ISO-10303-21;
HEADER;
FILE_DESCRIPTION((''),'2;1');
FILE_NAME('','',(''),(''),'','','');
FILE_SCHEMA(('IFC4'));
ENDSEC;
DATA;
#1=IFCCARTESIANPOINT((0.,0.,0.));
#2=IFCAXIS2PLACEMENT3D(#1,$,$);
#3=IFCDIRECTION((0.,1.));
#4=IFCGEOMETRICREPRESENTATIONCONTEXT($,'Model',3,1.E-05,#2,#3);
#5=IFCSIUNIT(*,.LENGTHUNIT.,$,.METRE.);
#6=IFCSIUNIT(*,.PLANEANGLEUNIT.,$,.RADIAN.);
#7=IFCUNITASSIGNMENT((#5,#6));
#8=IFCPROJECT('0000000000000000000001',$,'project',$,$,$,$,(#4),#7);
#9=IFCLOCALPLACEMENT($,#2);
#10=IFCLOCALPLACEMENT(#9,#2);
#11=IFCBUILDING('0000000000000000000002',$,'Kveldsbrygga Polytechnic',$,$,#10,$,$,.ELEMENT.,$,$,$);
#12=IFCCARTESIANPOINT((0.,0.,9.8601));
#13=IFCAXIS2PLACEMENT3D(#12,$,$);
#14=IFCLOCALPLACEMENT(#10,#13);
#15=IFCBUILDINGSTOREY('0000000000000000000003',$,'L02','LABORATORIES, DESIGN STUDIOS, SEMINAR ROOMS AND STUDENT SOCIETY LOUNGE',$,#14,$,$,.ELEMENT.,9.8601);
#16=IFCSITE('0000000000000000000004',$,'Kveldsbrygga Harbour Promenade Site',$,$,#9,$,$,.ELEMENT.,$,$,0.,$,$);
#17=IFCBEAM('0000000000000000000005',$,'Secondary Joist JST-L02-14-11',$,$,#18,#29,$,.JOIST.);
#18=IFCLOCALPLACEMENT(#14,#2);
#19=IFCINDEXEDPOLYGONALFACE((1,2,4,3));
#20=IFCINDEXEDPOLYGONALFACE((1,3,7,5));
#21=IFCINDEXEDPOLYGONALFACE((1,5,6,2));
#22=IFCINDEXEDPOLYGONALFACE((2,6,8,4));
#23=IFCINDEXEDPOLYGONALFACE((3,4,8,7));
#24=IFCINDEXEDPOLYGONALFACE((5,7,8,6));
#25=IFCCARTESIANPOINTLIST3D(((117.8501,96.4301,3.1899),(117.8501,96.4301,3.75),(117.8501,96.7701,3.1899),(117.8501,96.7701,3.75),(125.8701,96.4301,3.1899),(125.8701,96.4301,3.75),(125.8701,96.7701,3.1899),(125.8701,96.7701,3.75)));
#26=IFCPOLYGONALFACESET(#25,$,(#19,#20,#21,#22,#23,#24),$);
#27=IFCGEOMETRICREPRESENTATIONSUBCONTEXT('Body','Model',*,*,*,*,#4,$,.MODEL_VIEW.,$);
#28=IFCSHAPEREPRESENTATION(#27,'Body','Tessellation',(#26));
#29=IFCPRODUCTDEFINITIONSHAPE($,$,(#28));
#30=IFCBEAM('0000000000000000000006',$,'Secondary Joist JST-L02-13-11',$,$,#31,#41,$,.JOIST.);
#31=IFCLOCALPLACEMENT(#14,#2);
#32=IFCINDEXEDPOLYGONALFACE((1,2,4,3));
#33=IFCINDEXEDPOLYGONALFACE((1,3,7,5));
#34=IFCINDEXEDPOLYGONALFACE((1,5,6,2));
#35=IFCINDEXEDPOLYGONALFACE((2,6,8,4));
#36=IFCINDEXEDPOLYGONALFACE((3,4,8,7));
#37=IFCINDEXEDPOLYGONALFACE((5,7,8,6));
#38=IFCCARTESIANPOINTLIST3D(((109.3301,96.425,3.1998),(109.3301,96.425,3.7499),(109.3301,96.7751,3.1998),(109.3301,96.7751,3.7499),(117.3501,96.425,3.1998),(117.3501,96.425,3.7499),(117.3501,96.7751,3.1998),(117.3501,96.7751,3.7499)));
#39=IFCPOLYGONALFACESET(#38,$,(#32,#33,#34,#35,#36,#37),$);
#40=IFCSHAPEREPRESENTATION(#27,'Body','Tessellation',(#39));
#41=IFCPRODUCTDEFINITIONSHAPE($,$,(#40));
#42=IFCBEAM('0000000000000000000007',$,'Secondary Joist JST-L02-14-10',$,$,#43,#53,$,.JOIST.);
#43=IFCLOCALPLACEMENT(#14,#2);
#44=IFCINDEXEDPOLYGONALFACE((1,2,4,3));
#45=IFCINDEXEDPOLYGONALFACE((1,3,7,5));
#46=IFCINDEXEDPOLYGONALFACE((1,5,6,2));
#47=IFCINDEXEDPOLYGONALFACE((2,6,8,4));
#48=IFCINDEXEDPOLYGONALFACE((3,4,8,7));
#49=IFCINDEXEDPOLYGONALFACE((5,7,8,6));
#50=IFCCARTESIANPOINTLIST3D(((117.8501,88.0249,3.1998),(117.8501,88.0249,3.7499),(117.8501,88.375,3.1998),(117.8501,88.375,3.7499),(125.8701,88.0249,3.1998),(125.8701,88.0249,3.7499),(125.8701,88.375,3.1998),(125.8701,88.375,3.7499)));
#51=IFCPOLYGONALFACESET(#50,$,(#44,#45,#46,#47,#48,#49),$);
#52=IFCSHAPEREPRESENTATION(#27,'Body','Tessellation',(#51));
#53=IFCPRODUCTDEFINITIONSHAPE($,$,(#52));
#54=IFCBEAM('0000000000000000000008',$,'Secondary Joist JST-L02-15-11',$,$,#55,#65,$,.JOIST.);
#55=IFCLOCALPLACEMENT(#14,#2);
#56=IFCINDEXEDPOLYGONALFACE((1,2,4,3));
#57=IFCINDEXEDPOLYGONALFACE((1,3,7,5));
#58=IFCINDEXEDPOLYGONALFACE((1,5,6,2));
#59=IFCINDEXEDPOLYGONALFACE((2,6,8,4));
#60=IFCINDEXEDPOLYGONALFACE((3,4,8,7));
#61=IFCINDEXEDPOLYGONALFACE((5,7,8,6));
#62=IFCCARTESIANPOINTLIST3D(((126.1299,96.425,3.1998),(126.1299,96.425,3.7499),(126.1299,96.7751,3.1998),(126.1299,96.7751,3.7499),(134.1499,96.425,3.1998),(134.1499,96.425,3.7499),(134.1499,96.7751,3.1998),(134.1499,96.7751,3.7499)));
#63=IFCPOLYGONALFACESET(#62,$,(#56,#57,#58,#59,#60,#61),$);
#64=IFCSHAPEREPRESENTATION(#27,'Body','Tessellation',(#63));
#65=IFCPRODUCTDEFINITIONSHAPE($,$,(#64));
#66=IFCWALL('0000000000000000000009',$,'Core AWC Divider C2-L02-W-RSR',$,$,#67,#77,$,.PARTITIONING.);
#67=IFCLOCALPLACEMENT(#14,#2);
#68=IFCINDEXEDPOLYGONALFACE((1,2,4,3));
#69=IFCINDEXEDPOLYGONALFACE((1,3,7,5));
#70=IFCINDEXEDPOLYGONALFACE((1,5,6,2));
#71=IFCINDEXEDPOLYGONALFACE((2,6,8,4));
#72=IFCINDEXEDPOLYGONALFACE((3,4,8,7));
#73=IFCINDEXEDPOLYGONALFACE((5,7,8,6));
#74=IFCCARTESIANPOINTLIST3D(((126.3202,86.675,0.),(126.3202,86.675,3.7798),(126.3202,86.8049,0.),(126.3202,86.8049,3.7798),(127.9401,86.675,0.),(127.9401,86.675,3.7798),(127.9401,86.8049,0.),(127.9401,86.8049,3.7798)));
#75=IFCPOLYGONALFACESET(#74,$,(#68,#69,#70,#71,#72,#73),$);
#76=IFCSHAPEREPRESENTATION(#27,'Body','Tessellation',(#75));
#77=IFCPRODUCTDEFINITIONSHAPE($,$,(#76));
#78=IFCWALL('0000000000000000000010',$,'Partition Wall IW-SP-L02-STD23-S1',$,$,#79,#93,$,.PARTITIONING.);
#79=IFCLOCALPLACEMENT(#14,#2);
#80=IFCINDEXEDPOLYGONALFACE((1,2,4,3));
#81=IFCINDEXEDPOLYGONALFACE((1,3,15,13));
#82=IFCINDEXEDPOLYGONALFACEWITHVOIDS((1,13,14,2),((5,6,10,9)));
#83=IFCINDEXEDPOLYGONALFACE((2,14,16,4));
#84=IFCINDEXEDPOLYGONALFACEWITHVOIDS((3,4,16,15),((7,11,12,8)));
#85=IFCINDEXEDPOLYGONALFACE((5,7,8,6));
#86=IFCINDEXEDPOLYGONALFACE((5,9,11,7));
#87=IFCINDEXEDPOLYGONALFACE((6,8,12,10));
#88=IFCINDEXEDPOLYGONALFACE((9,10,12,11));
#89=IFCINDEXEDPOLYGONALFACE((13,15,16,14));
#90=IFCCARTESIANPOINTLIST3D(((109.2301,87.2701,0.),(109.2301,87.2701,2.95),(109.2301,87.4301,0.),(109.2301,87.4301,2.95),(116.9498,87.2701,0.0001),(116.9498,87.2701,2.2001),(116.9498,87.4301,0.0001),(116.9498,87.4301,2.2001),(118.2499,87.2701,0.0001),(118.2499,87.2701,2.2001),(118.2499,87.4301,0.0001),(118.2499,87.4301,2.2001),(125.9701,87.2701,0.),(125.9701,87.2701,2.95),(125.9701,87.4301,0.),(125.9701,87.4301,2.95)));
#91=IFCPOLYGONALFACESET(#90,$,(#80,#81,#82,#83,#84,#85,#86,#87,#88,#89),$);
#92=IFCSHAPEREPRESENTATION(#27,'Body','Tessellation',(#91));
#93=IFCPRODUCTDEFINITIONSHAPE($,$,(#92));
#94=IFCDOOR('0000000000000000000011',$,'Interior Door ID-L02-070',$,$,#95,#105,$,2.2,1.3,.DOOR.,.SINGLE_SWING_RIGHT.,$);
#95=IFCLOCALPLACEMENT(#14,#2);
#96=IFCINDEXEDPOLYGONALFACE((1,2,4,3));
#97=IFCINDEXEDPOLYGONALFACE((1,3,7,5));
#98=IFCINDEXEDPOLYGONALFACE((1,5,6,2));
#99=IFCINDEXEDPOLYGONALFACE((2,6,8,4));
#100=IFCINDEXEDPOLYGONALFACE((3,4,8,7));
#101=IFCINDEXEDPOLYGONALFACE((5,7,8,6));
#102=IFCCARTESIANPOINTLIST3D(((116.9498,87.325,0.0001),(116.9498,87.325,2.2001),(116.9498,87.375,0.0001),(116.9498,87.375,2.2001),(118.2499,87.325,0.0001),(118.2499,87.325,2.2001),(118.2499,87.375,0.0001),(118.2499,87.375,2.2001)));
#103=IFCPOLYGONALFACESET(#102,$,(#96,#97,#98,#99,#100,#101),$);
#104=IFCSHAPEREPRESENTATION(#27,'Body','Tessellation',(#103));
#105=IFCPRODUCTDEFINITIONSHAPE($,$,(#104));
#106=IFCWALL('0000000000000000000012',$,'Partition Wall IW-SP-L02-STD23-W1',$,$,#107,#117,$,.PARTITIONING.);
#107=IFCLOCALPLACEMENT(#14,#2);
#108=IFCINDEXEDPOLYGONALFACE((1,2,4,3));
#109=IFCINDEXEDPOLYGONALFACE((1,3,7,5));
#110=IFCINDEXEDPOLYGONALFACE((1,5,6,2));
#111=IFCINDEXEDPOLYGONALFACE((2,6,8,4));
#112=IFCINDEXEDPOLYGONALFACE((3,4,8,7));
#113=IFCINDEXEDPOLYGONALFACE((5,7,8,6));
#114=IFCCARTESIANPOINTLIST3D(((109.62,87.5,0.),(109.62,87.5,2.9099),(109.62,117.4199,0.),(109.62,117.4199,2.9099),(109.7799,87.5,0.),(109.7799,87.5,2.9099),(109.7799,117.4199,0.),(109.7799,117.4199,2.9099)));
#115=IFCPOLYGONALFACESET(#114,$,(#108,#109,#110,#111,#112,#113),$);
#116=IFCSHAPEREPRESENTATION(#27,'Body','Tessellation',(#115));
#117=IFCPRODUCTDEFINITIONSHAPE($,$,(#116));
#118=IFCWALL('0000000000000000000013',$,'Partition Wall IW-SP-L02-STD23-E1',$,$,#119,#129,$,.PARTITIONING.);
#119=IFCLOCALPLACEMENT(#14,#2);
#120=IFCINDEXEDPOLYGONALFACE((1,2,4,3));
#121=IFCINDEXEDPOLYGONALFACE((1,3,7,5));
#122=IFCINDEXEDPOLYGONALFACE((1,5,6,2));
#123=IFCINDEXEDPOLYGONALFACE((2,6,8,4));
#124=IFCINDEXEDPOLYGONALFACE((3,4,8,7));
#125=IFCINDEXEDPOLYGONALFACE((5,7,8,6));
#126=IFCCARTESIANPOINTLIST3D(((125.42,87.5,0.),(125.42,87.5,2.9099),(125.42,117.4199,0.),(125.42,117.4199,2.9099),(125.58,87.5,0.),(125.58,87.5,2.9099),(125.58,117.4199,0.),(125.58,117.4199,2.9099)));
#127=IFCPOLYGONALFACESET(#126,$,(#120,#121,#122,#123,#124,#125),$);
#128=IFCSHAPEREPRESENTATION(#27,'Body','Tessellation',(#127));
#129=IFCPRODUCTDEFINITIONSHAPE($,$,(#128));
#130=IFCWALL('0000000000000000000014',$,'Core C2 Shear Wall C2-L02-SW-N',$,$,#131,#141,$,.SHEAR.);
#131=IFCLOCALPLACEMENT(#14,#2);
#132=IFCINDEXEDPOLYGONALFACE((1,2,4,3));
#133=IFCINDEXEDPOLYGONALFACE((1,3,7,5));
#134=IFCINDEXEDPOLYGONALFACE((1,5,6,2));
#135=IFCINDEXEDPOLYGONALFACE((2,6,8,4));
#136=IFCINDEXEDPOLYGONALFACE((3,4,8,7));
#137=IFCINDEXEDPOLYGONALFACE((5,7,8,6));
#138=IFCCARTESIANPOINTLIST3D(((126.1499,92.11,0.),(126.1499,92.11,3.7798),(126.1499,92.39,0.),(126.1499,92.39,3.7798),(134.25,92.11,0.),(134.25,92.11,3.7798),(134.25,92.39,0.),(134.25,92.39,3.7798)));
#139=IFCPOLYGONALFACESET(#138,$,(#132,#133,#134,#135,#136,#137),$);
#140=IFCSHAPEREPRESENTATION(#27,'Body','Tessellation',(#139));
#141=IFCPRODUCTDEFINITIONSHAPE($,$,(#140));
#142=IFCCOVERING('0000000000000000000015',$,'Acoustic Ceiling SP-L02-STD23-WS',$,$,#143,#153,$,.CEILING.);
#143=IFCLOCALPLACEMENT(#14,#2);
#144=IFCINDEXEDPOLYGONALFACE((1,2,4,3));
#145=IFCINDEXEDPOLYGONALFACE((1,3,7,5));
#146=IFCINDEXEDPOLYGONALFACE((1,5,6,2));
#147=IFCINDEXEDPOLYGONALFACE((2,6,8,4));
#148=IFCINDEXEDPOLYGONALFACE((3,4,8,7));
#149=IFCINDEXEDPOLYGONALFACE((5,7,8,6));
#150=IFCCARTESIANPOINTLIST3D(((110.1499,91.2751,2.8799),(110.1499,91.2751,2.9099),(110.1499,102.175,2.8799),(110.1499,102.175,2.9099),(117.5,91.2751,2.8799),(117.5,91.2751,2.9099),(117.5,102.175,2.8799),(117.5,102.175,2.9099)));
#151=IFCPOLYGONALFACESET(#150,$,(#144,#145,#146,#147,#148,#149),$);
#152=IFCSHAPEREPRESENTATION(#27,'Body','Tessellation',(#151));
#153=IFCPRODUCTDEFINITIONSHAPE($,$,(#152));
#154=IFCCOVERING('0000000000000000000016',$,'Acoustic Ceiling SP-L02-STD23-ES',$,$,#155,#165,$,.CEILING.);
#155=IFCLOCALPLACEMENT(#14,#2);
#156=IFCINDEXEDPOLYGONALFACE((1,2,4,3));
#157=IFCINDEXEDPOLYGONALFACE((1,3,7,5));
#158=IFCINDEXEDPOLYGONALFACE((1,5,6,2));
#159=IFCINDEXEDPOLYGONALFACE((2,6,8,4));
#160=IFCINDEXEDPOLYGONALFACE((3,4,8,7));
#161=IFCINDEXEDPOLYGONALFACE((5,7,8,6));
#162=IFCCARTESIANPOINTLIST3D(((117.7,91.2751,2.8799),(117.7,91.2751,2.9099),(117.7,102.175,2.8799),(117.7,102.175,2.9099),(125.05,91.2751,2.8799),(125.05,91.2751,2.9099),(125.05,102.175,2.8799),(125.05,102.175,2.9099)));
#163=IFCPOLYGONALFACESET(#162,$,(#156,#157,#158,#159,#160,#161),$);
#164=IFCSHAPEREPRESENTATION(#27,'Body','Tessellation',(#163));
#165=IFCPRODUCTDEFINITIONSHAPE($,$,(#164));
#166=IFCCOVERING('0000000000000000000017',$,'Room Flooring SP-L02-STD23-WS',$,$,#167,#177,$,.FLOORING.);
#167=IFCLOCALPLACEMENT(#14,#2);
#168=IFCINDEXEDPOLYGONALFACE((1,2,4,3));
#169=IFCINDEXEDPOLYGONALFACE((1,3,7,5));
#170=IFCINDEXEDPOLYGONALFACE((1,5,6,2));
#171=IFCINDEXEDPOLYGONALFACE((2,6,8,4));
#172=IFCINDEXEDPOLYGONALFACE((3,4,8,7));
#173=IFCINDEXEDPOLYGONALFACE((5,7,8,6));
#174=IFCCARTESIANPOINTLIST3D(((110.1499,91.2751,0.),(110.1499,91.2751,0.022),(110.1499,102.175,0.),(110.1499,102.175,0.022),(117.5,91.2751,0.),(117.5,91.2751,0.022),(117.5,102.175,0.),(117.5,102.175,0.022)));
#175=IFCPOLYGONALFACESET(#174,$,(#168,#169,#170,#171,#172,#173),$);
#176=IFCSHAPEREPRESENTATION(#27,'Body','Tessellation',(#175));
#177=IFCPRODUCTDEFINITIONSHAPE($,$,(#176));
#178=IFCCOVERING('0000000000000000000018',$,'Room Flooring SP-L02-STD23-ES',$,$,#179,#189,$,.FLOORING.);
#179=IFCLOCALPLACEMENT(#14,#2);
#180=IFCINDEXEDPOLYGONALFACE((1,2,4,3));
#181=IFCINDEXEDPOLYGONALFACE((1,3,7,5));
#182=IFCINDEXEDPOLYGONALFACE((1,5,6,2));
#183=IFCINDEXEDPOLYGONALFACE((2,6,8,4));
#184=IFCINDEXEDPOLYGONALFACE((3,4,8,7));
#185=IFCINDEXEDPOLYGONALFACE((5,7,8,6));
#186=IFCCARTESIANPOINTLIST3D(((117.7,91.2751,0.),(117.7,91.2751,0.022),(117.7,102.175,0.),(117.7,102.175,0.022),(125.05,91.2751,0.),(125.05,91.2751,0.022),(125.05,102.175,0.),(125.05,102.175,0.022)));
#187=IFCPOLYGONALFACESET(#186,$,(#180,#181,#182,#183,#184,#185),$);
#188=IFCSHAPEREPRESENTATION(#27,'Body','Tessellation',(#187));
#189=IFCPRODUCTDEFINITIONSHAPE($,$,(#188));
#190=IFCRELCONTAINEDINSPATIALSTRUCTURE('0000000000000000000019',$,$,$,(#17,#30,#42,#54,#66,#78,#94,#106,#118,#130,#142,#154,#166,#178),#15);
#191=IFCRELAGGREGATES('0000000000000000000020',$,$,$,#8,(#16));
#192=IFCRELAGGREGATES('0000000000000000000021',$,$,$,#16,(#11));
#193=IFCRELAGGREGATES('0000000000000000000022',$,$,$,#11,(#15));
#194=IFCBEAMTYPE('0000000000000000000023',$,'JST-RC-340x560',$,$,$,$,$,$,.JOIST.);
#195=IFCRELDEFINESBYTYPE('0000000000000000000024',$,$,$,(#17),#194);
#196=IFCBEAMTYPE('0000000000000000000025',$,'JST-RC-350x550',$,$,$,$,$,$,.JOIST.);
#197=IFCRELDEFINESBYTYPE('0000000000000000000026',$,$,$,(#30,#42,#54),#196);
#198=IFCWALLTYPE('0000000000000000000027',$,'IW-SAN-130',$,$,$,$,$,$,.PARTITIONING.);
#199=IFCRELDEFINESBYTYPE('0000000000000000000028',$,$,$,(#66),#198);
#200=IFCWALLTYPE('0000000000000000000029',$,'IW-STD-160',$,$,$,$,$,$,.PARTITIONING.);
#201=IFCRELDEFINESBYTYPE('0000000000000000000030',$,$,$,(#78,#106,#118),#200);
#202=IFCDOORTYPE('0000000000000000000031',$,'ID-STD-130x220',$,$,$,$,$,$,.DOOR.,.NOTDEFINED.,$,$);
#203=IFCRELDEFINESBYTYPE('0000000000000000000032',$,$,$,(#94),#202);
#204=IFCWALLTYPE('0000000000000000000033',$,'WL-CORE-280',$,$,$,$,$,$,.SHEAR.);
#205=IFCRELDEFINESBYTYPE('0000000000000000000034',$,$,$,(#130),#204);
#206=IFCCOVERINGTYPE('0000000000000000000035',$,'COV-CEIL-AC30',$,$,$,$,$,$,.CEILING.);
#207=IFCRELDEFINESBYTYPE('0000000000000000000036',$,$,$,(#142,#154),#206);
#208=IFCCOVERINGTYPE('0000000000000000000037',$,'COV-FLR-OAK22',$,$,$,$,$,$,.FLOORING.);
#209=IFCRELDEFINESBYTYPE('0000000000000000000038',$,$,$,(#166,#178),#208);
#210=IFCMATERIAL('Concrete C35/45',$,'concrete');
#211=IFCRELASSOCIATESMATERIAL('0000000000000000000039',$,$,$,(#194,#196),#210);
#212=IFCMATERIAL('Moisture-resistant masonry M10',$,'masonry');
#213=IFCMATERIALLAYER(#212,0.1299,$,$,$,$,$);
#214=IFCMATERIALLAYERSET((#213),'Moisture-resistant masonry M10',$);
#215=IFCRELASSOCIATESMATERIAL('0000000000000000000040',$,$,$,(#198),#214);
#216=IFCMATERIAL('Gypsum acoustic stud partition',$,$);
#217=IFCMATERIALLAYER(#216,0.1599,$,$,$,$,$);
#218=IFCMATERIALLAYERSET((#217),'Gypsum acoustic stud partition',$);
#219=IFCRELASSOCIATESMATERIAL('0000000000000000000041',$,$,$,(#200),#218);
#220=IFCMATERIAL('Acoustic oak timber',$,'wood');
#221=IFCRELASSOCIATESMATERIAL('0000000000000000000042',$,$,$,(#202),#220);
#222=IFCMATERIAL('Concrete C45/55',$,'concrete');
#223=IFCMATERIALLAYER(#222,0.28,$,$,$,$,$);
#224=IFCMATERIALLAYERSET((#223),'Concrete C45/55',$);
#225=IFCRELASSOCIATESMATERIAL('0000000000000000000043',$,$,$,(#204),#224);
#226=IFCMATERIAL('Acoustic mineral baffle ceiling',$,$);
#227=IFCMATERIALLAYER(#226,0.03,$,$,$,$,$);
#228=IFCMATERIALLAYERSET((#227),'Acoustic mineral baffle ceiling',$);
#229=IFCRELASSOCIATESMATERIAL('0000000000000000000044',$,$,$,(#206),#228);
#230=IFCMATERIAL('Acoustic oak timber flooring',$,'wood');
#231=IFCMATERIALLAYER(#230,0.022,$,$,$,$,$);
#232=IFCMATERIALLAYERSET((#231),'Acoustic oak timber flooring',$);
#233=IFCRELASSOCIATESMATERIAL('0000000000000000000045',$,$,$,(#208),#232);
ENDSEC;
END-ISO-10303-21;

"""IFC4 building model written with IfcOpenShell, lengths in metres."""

from ifc_helpers import new_model, si_unit, direction, frame, frame_2d, origin, origin_2d, place, context, subcontext, project, spatial, rectangle, extrude, material, layer, layer_set, material_profile, profile_set, type_object, element, fill, save


model = new_model("IFC4")

# Units and contexts
model_context = context("Model", 3, precision=1e-05, world=origin(), true_north=direction((0.0, 1.0)))
body_context = subcontext(model_context, "Body", "Model", "MODEL_VIEW")
ifc_project = project(units=[si_unit("LENGTHUNIT", "METRE"), si_unit("PLANEANGLEUNIT", "RADIAN")], contexts=[model_context])

# Site, building, storey
site_placement = place(None, origin())
site = spatial("IfcSite", under=ifc_project, at=site_placement, Name="Kveldsbrygga Harbour Promenade Site", CompositionType="ELEMENT", RefElevation=0.0)
building_placement = place(site_placement, origin())
building = spatial("IfcBuilding", under=site, at=building_placement, Name="Kveldsbrygga Polytechnic", CompositionType="ELEMENT")
storey_placement = place(building_placement, frame((0.0, 0.0, 9.8601)))
storey = spatial("IfcBuildingStorey", under=building, at=storey_placement, Name="L02", Description="LABORATORIES, DESIGN STUDIOS, SEMINAR ROOMS AND STUDENT SOCIETY LOUNGE", CompositionType="ELEMENT", Elevation=9.8601)

# Shared definitions
ifc_material_1 = material(Name="Concrete C45/55", Category="concrete")

# Beams
ifc_material_2 = material(Name="Concrete C35/45", Category="concrete")
ifc_material_profile_1 = material_profile(ifc_material_2, rectangle(XDim=0.3401, YDim=0.5601, at=origin_2d()), Name="RC 340x560")
ifc_profile_set_1 = profile_set([ifc_material_profile_1], Name="Concrete C35/45")
beam_type_1 = type_object("IfcBeamType", Name="JST-RC-340x560", PredefinedType="JOIST", material=ifc_profile_set_1)
for number, where, z_axis, x_axis, name in (
    (1, (117.8501, 96.6001, 3.47), (1.0, 0.0, 0.0), (0.0, 1.0, 0.0), "Secondary Joist JST-L02-14-11"),
):
    element("IfcBeam", number, at=place(storey_placement, frame(where, z_axis=z_axis, x_axis=x_axis)), inside=storey, type_object=beam_type_1, Name=name, PredefinedType="JOIST", context=body_context, shape_type="SweptSolid", body=[
        extrude(rectangle(XDim=0.3401, YDim=0.5601, at=origin_2d()), origin(), (0.0, 0.0, 1.0), 8.02),
    ])
ifc_material_profile_2 = material_profile(ifc_material_2, rectangle(XDim=0.3501, YDim=0.55, at=origin_2d()), Name="RC 350x550")
ifc_profile_set_2 = profile_set([ifc_material_profile_2], Name="Concrete C35/45")
beam_type_2 = type_object("IfcBeamType", Name="JST-RC-350x550", PredefinedType="JOIST", material=ifc_profile_set_2)
for number, where, z_axis, x_axis, name in (
    (2, (109.3301, 96.6001, 3.4749), (1.0, 0.0, 0.0), (0.0, 1.0, 0.0), "Secondary Joist JST-L02-13-11"),
    (3, (117.8501, 88.2, 3.4749), (1.0, 0.0, 0.0), (0.0, 1.0, 0.0), "Secondary Joist JST-L02-14-10"),
    (4, (126.1299, 96.6001, 3.4749), (1.0, 0.0, 0.0), (0.0, 1.0, 0.0), "Secondary Joist JST-L02-15-11"),
):
    element("IfcBeam", number, at=place(storey_placement, frame(where, z_axis=z_axis, x_axis=x_axis)), inside=storey, type_object=beam_type_2, Name=name, PredefinedType="JOIST", context=body_context, shape_type="SweptSolid", body=[
        extrude(rectangle(XDim=0.3501, YDim=0.55, at=origin_2d()), origin(), (0.0, 0.0, 1.0), 8.02),
    ])

# Wall
ifc_material_3 = material(Name="Moisture-resistant masonry M10", Category="masonry")
ifc_layer_1 = layer(ifc_material_3, 0.1299)
ifc_layer_set_1 = layer_set([ifc_layer_1], Name="Moisture-resistant masonry M10")
wall_type_1 = type_object("IfcWallType", Name="IW-SAN-130", PredefinedType="PARTITIONING", material=ifc_layer_set_1)
wall_1_placement = place(storey_placement, frame((126.3201, 86.74, 0.0), z_axis=(0.0, 0.0, 1.0), x_axis=(1.0, 0.0, 0.0)))
element("IfcWall", 5, at=wall_1_placement, inside=storey, type_object=wall_type_1, Name="Core AWC Divider C2-L02-W-RSR", PredefinedType="PARTITIONING", context=body_context, shape_type="SweptSolid", body=[
    extrude(rectangle(XDim=1.6199, YDim=0.1299, at=frame_2d((0.8101, 0.0))), origin(), (0.0, 0.0, 1.0), 3.7798),
])

# Wall, opening, door
ifc_material_4 = material(Name="Gypsum acoustic stud partition")
ifc_layer_2 = layer(ifc_material_4, 0.1599)
ifc_layer_set_2 = layer_set([ifc_layer_2], Name="Gypsum acoustic stud partition")
wall_type_2 = type_object("IfcWallType", Name="IW-STD-160", PredefinedType="PARTITIONING", material=ifc_layer_set_2)
wall_2_placement = place(storey_placement, frame((109.23, 87.3501, 0.0), z_axis=(0.0, 0.0, 1.0), x_axis=(1.0, 0.0, 0.0)))
wall_2 = element("IfcWall", 6, at=wall_2_placement, inside=storey, type_object=wall_type_2, Name="Partition Wall IW-SP-L02-STD23-S1", PredefinedType="PARTITIONING", context=body_context, shape_type="SweptSolid", body=[
    extrude(rectangle(XDim=16.74, YDim=0.1599, at=frame_2d((8.3701, 0.0))), origin(), (0.0, 0.0, 1.0), 2.95),
])
opening_1_placement = place(wall_2_placement, frame((7.72, 0.0, 0.0)))
opening_1 = element("IfcOpeningElement", 7, at=opening_1_placement, cuts=wall_2, PredefinedType="OPENING", context=body_context, shape_type="SweptSolid", body=[
    extrude(rectangle(XDim=1.3, YDim=2.2, at=frame_2d((0.6499, 1.1001))), frame((0.0, 0.0898, 0.0), z_axis=(0.0, -1.0, 0.0), x_axis=(1.0, 0.0, 0.0)), (0.0, 0.0, 1.0), 0.1799),
])
ifc_material_5 = material(Name="Acoustic oak timber", Category="wood")
door_type_1 = type_object("IfcDoorType", Name="ID-STD-130x220", OperationType="NOTDEFINED", PredefinedType="DOOR", material=ifc_material_5)
door_1_placement = place(opening_1_placement, origin())
door_1 = element("IfcDoor", 8, at=door_1_placement, inside=storey, type_object=door_type_1, Name="Interior Door ID-L02-070", OperationType="SINGLE_SWING_RIGHT", OverallHeight=2.2, OverallWidth=1.3, PredefinedType="DOOR", context=body_context, shape_type="SweptSolid", body=[
    extrude(rectangle(XDim=1.3, YDim=2.2, at=frame_2d((0.6499, 1.1001))), frame((0.0, 0.0249, 0.0), z_axis=(0.0, -1.0, 0.0), x_axis=(1.0, 0.0, 0.0)), (0.0, 0.0, 1.0), 0.05),
])
fill(opening_1, door_1)

# Walls
for number, where, z_axis, x_axis, name in (
    (9, (109.7, 87.5, 0.0), (0.0, 0.0, 1.0), (0.0, 1.0, 0.0), "Partition Wall IW-SP-L02-STD23-W1"),
    (10, (125.5, 87.5, 0.0), (0.0, 0.0, 1.0), (0.0, 1.0, 0.0), "Partition Wall IW-SP-L02-STD23-E1"),
):
    element("IfcWall", number, at=place(storey_placement, frame(where, z_axis=z_axis, x_axis=x_axis)), inside=storey, type_object=wall_type_2, Name=name, PredefinedType="PARTITIONING", context=body_context, shape_type="SweptSolid", body=[
        extrude(rectangle(XDim=29.9199, YDim=0.1599, at=frame_2d((14.96, 0.0))), origin(), (0.0, 0.0, 1.0), 2.9099),
    ])
ifc_layer_3 = layer(ifc_material_1, 0.28)
ifc_layer_set_3 = layer_set([ifc_layer_3], Name="Concrete C45/55")
wall_type_3 = type_object("IfcWallType", Name="WL-CORE-280", PredefinedType="SHEAR", material=ifc_layer_set_3)
wall_3_placement = place(storey_placement, frame((126.1499, 92.25, 0.0), z_axis=(0.0, 0.0, 1.0), x_axis=(1.0, 0.0, 0.0)))
element("IfcWall", 11, at=wall_3_placement, inside=storey, type_object=wall_type_3, Name="Core C2 Shear Wall C2-L02-SW-N", PredefinedType="SHEAR", context=body_context, shape_type="SweptSolid", body=[
    extrude(rectangle(XDim=8.1001, YDim=0.28, at=frame_2d((4.05, 0.0))), origin(), (0.0, 0.0, 1.0), 3.7798),
])

# Coverings
ifc_material_6 = material(Name="Acoustic mineral baffle ceiling")
ifc_layer_4 = layer(ifc_material_6, 0.03)
ifc_layer_set_4 = layer_set([ifc_layer_4], Name="Acoustic mineral baffle ceiling")
covering_type_1 = type_object("IfcCoveringType", Name="COV-CEIL-AC30", PredefinedType="CEILING", material=ifc_layer_set_4)
for number, where, z_axis, x_axis, name in (
    (12, (113.825, 96.7251, 2.8799), (0.0, 0.0, 1.0), (1.0, 0.0, 0.0), "Acoustic Ceiling SP-L02-STD23-WS"),
    (13, (121.375, 96.7251, 2.8799), (0.0, 0.0, 1.0), (1.0, 0.0, 0.0), "Acoustic Ceiling SP-L02-STD23-ES"),
):
    element("IfcCovering", number, at=place(storey_placement, frame(where, z_axis=z_axis, x_axis=x_axis)), inside=storey, type_object=covering_type_1, Name=name, PredefinedType="CEILING", context=body_context, shape_type="SweptSolid", body=[
        extrude(rectangle(XDim=7.3501, YDim=10.8999, at=origin_2d()), origin(), (0.0, 0.0, 1.0), 0.03),
    ])
ifc_material_7 = material(Name="Acoustic oak timber flooring", Category="wood")
ifc_layer_5 = layer(ifc_material_7, 0.022)
ifc_layer_set_5 = layer_set([ifc_layer_5], Name="Acoustic oak timber flooring")
covering_type_2 = type_object("IfcCoveringType", Name="COV-FLR-OAK22", PredefinedType="FLOORING", material=ifc_layer_set_5)
for number, where, z_axis, x_axis, name in (
    (14, (113.825, 96.7251, 0.0), (0.0, 0.0, 1.0), (1.0, 0.0, 0.0), "Room Flooring SP-L02-STD23-WS"),
    (15, (121.375, 96.7251, 0.0), (0.0, 0.0, 1.0), (1.0, 0.0, 0.0), "Room Flooring SP-L02-STD23-ES"),
):
    element("IfcCovering", number, at=place(storey_placement, frame(where, z_axis=z_axis, x_axis=x_axis)), inside=storey, type_object=covering_type_2, Name=name, PredefinedType="FLOORING", context=body_context, shape_type="SweptSolid", body=[
        extrude(rectangle(XDim=7.3501, YDim=10.8999, at=origin_2d()), origin(), (0.0, 0.0, 1.0), 0.022),
    ])

save(model, "model.ifc")
